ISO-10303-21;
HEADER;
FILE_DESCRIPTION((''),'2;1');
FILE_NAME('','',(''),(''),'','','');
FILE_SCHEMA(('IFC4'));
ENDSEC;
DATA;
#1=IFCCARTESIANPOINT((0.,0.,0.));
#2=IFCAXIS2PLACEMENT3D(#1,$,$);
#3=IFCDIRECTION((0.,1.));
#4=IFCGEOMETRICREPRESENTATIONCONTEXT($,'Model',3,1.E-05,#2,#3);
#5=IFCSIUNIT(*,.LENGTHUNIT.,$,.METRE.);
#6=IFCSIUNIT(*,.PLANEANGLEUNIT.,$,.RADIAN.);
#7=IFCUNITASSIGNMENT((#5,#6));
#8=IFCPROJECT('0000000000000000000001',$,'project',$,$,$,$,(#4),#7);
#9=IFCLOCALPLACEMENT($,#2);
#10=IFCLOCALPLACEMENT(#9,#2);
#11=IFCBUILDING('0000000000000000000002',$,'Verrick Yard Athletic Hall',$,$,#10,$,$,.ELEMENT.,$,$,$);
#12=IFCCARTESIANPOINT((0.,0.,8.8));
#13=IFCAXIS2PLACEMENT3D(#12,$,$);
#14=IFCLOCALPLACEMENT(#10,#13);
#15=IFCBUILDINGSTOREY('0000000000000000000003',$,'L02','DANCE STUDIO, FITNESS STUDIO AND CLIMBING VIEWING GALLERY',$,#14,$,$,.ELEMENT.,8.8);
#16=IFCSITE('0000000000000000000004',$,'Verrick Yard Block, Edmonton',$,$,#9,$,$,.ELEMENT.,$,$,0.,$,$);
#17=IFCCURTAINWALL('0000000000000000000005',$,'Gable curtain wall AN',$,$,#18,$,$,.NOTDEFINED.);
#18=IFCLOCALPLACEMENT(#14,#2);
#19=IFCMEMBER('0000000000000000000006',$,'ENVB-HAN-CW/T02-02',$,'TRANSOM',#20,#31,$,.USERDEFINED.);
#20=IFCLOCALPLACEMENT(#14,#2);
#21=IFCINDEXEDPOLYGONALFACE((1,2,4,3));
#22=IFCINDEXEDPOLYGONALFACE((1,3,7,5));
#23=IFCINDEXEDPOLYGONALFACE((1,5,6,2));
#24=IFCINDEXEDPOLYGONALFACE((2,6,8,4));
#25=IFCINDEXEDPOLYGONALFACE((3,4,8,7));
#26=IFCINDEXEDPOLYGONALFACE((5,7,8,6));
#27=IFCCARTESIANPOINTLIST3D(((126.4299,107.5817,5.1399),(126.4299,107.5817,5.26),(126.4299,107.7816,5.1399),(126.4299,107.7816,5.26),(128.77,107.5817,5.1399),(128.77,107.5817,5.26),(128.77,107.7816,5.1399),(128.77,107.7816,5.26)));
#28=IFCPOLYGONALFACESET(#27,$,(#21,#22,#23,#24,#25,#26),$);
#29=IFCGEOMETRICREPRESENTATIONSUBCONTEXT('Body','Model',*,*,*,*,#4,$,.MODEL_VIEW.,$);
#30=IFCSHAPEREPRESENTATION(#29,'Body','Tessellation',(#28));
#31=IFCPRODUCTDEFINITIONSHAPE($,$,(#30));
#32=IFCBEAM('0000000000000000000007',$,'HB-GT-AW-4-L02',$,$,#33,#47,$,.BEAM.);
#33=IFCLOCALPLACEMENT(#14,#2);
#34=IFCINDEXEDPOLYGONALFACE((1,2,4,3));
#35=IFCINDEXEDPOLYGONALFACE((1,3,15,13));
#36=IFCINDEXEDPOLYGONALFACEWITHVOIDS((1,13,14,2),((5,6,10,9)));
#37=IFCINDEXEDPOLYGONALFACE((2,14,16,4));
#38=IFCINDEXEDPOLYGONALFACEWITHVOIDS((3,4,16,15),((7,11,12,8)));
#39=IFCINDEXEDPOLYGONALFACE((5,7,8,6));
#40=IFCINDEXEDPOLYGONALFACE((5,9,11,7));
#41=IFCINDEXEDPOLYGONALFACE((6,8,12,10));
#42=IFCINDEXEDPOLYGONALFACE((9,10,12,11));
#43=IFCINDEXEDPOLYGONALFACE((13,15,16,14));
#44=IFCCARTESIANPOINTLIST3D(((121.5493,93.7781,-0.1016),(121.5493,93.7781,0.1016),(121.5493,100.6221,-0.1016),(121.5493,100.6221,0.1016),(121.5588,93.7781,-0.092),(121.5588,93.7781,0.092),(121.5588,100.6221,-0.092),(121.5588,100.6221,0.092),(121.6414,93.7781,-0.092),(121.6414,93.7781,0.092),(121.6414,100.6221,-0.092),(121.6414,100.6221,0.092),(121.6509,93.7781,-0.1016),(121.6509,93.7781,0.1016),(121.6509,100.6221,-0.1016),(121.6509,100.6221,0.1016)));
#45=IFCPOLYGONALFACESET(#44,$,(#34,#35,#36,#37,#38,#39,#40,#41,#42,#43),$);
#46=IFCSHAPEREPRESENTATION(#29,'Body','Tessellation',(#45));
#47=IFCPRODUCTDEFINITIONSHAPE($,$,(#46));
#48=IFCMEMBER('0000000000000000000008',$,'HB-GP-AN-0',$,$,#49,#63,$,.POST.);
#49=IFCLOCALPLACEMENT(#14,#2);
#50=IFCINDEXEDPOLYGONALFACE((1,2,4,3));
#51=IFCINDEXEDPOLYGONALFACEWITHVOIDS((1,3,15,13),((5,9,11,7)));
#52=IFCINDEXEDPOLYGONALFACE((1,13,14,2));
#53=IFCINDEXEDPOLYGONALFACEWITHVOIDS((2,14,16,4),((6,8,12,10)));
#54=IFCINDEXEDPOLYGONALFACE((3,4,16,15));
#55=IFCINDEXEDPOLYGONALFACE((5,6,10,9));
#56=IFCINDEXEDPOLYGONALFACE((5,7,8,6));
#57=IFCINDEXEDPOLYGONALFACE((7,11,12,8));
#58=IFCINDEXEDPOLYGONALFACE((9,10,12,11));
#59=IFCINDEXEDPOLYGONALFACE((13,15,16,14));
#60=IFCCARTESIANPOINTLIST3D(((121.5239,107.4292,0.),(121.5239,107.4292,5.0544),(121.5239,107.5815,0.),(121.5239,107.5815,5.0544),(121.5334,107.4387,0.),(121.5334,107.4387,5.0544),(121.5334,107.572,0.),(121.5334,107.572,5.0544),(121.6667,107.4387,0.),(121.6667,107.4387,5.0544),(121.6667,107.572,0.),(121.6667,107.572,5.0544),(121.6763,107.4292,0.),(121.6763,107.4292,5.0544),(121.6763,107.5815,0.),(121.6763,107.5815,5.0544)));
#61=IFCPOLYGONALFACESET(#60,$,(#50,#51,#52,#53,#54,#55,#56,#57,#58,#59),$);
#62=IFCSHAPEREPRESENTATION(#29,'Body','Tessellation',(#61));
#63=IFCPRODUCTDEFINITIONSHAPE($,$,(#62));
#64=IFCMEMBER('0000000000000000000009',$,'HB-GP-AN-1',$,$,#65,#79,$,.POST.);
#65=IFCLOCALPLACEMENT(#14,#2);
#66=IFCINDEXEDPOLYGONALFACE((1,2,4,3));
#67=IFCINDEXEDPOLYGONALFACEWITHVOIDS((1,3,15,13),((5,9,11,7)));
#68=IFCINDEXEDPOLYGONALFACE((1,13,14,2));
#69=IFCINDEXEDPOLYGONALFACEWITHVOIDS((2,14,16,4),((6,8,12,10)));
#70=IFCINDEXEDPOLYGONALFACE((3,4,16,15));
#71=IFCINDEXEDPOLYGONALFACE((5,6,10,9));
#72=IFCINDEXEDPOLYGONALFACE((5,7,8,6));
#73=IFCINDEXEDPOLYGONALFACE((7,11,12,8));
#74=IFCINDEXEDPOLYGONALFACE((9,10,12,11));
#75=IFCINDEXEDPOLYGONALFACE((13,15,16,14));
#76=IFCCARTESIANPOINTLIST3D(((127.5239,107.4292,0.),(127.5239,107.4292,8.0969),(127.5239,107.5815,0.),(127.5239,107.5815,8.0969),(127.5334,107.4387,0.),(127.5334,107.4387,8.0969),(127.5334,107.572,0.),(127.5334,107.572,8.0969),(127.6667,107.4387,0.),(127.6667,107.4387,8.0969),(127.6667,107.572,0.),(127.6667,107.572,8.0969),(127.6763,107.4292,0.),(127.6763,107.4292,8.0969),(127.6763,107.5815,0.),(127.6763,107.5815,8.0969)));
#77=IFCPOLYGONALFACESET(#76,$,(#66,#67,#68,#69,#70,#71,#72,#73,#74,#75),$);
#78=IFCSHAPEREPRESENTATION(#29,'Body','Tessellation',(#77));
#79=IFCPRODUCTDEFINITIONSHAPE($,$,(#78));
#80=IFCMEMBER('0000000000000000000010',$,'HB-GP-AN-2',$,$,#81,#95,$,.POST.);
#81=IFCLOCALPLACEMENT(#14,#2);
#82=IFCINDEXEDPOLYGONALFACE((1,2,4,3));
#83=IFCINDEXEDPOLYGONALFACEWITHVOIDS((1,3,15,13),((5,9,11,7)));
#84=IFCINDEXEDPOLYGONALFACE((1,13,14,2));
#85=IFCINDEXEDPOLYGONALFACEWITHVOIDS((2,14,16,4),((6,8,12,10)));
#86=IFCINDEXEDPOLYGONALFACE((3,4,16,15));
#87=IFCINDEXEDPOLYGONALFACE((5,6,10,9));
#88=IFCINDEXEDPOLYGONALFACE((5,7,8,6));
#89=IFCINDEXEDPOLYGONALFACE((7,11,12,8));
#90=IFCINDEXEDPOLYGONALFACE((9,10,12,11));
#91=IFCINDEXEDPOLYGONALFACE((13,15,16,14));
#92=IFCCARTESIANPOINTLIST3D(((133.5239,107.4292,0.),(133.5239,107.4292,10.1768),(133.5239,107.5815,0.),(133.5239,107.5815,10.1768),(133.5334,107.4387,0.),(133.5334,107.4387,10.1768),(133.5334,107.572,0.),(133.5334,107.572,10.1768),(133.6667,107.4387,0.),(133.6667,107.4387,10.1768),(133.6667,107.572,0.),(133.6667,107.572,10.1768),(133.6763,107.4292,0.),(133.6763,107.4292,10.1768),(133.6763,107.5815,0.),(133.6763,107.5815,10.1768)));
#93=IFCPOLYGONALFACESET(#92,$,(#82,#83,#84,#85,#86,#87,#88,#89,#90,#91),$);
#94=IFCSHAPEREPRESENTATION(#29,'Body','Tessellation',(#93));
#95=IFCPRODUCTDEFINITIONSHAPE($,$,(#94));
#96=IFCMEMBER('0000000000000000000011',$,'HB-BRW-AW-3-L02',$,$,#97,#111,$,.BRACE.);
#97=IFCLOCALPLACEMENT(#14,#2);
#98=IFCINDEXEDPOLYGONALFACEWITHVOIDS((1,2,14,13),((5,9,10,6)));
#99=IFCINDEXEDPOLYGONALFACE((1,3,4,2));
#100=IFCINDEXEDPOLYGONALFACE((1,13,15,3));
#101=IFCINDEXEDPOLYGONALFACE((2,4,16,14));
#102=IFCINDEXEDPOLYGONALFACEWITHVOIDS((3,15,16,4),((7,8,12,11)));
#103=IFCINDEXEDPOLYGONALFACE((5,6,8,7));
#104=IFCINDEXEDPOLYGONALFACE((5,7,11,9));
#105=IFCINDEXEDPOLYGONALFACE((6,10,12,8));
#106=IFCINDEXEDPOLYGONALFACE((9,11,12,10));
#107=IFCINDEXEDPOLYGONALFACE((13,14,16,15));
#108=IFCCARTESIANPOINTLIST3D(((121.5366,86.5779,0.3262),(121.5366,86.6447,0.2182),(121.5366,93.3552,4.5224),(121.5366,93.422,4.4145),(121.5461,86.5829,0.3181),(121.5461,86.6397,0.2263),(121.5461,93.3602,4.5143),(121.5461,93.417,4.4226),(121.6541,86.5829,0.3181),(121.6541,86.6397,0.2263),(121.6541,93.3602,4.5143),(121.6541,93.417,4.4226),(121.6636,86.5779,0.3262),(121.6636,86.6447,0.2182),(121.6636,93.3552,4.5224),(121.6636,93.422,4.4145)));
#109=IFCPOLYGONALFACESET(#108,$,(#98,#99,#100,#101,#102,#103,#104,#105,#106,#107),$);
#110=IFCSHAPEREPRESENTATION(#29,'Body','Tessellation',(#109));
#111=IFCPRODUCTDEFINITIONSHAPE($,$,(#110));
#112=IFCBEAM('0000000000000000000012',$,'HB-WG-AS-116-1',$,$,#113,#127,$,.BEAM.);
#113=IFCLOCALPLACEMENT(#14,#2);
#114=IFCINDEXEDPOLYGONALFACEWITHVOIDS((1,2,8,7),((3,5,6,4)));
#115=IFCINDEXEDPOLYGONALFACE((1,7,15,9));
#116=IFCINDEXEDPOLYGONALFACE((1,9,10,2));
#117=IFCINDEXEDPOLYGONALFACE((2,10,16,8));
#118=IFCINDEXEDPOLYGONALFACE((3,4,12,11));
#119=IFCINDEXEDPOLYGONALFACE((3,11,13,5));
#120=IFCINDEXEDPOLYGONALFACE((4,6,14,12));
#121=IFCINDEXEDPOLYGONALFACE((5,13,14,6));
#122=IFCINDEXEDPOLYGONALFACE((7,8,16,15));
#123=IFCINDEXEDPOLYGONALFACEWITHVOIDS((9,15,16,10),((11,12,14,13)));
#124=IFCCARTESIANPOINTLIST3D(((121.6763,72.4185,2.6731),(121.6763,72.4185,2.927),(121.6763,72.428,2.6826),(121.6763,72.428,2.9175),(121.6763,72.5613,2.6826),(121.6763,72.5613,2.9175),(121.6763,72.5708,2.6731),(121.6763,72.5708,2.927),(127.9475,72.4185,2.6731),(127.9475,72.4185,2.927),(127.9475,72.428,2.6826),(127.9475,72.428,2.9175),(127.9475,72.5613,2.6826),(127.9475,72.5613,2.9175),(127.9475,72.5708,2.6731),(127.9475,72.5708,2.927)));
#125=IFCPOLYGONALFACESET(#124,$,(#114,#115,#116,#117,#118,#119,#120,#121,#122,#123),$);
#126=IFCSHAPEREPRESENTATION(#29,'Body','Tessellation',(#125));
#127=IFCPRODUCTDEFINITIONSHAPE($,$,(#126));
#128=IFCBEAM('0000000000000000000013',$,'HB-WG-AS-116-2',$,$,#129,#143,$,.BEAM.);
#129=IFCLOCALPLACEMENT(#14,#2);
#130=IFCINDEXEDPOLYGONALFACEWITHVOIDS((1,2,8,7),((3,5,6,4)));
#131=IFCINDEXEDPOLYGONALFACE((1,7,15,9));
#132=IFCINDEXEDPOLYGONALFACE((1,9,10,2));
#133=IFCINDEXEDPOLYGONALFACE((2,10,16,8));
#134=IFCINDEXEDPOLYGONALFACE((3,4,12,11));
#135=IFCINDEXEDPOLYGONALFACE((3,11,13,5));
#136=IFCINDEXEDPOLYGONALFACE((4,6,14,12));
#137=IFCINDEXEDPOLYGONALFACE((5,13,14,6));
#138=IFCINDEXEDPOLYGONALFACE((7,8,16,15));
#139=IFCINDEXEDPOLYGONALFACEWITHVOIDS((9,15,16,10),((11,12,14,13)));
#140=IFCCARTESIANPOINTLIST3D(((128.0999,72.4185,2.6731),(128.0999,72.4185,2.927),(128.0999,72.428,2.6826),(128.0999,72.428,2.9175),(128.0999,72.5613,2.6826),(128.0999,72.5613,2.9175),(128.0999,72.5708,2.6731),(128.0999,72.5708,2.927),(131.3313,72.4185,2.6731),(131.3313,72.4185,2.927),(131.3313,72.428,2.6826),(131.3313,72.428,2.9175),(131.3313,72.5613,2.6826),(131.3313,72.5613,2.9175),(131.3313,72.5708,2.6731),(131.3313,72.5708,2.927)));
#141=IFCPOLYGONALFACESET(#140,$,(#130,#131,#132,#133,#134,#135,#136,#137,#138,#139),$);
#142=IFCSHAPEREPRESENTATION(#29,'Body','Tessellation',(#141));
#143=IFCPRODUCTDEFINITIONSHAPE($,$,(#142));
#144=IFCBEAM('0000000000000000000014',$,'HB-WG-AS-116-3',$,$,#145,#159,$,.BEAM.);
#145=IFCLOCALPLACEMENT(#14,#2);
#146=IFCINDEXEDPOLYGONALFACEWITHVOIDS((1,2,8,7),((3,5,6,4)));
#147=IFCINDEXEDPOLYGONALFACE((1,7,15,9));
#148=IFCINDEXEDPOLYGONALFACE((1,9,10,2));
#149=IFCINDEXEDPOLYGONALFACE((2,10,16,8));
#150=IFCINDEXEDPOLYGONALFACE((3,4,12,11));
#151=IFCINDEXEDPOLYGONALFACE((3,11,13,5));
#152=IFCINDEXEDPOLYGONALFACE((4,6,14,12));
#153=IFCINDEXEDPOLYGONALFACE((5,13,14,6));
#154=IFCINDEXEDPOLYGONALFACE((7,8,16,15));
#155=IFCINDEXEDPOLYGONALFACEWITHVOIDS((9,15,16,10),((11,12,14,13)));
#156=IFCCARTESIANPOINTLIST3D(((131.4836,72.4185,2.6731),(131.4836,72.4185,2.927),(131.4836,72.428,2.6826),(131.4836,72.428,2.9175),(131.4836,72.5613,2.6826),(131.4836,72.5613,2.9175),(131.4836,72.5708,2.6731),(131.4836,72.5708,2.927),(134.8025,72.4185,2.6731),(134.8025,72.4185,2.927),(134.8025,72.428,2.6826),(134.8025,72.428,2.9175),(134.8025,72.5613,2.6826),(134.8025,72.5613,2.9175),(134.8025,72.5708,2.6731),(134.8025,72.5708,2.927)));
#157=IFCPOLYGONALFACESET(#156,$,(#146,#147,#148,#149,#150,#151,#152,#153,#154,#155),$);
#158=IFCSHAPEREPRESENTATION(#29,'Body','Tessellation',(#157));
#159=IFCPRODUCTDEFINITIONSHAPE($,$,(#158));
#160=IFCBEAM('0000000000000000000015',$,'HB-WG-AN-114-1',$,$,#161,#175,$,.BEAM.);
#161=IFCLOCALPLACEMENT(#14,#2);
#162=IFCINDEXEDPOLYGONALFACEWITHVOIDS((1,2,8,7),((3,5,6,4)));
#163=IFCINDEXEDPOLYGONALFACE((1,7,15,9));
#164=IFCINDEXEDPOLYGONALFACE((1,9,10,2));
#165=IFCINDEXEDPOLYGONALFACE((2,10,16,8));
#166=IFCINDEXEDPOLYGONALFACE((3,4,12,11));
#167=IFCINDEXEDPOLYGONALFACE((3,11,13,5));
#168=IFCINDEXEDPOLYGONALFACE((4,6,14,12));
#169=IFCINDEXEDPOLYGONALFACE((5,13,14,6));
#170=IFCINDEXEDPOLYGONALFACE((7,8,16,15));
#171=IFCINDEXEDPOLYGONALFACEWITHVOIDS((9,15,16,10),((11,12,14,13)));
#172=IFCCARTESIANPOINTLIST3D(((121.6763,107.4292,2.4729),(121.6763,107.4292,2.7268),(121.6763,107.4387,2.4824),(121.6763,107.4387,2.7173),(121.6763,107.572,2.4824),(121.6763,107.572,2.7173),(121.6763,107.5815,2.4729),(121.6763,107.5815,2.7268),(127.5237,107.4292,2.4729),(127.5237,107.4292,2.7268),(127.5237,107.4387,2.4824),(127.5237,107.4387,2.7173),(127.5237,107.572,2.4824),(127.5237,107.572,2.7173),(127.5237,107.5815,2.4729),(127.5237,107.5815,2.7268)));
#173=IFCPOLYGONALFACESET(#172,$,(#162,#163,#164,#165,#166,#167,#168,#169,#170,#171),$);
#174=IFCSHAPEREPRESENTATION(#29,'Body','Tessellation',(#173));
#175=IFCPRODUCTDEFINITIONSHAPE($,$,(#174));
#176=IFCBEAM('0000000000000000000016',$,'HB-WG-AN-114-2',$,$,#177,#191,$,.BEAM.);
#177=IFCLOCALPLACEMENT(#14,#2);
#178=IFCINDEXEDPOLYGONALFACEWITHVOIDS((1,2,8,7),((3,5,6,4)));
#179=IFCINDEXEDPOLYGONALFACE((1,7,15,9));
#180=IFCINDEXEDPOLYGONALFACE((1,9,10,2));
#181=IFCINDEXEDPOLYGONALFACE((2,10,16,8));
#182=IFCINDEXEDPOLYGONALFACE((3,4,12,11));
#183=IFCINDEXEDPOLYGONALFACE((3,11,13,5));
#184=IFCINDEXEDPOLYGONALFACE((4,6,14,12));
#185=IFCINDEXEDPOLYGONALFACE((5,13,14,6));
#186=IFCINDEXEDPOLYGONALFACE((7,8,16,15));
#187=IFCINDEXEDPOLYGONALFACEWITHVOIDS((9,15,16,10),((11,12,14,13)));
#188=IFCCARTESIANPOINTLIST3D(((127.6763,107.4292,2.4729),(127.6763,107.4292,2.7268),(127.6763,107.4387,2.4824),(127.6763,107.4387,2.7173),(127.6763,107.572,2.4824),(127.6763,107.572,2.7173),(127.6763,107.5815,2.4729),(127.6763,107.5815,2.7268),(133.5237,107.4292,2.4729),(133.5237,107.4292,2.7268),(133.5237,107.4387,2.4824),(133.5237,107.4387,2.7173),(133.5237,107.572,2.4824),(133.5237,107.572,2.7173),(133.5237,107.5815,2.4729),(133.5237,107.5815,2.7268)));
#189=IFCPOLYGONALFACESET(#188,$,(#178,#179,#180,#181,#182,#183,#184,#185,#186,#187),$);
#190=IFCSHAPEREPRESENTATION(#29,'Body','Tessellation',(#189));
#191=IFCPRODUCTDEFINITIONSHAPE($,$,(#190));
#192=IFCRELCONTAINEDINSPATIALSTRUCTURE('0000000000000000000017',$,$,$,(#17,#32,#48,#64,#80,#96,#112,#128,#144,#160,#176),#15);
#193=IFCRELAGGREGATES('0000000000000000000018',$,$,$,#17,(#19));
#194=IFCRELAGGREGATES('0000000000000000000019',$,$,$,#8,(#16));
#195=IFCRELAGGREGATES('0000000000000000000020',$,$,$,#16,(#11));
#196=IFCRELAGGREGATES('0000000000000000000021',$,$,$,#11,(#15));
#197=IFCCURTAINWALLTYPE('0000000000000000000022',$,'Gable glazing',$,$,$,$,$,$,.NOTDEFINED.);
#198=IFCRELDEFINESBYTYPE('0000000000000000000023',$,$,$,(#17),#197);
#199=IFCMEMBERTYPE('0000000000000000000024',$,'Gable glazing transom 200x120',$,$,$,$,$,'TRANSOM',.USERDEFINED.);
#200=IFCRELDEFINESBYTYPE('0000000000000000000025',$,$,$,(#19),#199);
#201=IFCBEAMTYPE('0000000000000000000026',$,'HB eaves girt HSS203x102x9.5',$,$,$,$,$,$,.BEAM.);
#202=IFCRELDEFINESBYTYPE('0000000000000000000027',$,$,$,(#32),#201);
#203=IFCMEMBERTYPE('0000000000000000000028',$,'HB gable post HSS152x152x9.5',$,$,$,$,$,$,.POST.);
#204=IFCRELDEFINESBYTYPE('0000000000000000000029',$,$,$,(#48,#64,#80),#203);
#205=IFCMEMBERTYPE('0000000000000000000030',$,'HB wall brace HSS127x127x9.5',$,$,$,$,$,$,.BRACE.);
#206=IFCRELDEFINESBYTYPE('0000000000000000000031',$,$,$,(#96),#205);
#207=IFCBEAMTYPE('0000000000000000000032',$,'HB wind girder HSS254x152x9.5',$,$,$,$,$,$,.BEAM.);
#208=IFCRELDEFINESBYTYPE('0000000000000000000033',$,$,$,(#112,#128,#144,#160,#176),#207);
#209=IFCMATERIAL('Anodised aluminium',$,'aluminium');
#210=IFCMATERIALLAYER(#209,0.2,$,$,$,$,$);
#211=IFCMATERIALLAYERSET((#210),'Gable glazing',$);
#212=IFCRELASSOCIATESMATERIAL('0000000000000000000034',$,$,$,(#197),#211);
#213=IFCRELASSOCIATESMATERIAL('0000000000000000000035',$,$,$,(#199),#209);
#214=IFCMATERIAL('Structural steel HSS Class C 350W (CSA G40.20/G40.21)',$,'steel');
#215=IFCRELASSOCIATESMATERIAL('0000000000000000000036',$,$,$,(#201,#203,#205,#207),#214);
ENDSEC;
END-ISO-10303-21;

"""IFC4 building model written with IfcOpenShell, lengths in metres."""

from ifc_helpers import new_model, si_unit, direction, frame, origin, origin_2d, place, context, subcontext, project, spatial, rectangle, hollow_rectangle, extrude, material, layer, layer_set, material_profile, profile_set, type_object, element, aggregate, save


model = new_model("IFC4")

# Units and contexts
model_context = context("Model", 3, precision=1e-05, world=origin(), true_north=direction((0.0, 1.0)))
body_context = subcontext(model_context, "Body", "Model", "MODEL_VIEW")
ifc_project = project(units=[si_unit("LENGTHUNIT", "METRE"), si_unit("PLANEANGLEUNIT", "RADIAN")], contexts=[model_context])

# Site, building, storey
site_placement = place(None, origin())
site = spatial("IfcSite", under=ifc_project, at=site_placement, Name="Verrick Yard Block, Edmonton", CompositionType="ELEMENT", RefElevation=0.0)
building_placement = place(site_placement, origin())
building = spatial("IfcBuilding", under=site, at=building_placement, Name="Verrick Yard Athletic Hall", CompositionType="ELEMENT")
storey_placement = place(building_placement, frame((0.0, 0.0, 8.8)))
storey = spatial("IfcBuildingStorey", under=building, at=storey_placement, Name="L02", Description="DANCE STUDIO, FITNESS STUDIO AND CLIMBING VIEWING GALLERY", CompositionType="ELEMENT", Elevation=8.8)

# Curtain wall, member
ifc_material_1 = material(Name="Anodised aluminium", Category="aluminium")
ifc_layer_1 = layer(ifc_material_1, 0.2)
ifc_layer_set_1 = layer_set([ifc_layer_1], Name="Gable glazing")
curtain_wall_type = type_object("IfcCurtainWallType", Name="Gable glazing", PredefinedType="NOTDEFINED", material=ifc_layer_set_1)
curtain_wall_placement = place(storey_placement, origin())
curtain_wall = element("IfcCurtainWall", 1, at=curtain_wall_placement, inside=storey, type_object=curtain_wall_type, Name="Gable curtain wall AN", PredefinedType="NOTDEFINED")
ifc_material_profile_1 = material_profile(ifc_material_1, rectangle(XDim=0.2, YDim=0.1201, at=origin_2d()), Name="CW gable transom 200x120")
ifc_profile_set_1 = profile_set([ifc_material_profile_1], Name="Anodised aluminium")
member_type_1 = type_object("IfcMemberType", Name="Gable glazing transom 200x120", ElementType="TRANSOM", PredefinedType="USERDEFINED", material=ifc_profile_set_1)
member_1_placement = place(storey_placement, frame((126.4299, 107.6816, 5.2), z_axis=(1.0, 0.0, 0.0), x_axis=(0.0, 1.0, 0.0)))
member_1 = element("IfcMember", 2, at=member_1_placement, type_object=member_type_1, Name="ENVB-HAN-CW/T02-02", ObjectType="TRANSOM", PredefinedType="USERDEFINED", context=body_context, shape_type="SweptSolid", body=[
    extrude(rectangle(XDim=0.2, YDim=0.1201, at=origin_2d()), origin(), (0.0, 0.0, 1.0), 2.3401),
])

# Beam
ifc_material_2 = material(Name="Structural steel HSS Class C 350W (CSA G40.20/G40.21)", Category="steel")
ifc_material_profile_2 = material_profile(ifc_material_2, hollow_rectangle(XDim=0.1016, YDim=0.2031, WallThickness=0.0095, at=origin_2d()), Name="HSS203x102x9.5")
ifc_profile_set_2 = profile_set([ifc_material_profile_2], Name="Structural steel HSS Class C 350W (CSA G40.20/G40.21)")
beam_type_1 = type_object("IfcBeamType", Name="HB eaves girt HSS203x102x9.5", PredefinedType="BEAM", material=ifc_profile_set_2)
beam_1_placement = place(storey_placement, frame((121.6001, 93.7781, 0.0), z_axis=(0.0, 1.0, 0.0), x_axis=(-1.0, 0.0, 0.0)))
element("IfcBeam", 3, at=beam_1_placement, inside=storey, type_object=beam_type_1, Name="HB-GT-AW-4-L02", PredefinedType="BEAM", context=body_context, shape_type="SweptSolid", body=[
    extrude(hollow_rectangle(XDim=0.1016, YDim=0.2031, WallThickness=0.0095, at=origin_2d()), origin(), (0.0, 0.0, 1.0), 6.844),
])

# Members
ifc_material_profile_3 = material_profile(ifc_material_2, hollow_rectangle(XDim=0.1523, YDim=0.1523, WallThickness=0.0095, at=origin_2d()), Name="HSS152x152x9.5")
ifc_profile_set_3 = profile_set([ifc_material_profile_3], Name="Structural steel HSS Class C 350W (CSA G40.20/G40.21)")
member_type_2 = type_object("IfcMemberType", Name="HB gable post HSS152x152x9.5", PredefinedType="POST", material=ifc_profile_set_3)
member_2_placement = place(storey_placement, frame((121.6001, 107.5054, 0.0), z_axis=(0.0, 0.0, 1.0), x_axis=(1.0, 0.0, 0.0)))
element("IfcMember", 4, at=member_2_placement, inside=storey, type_object=member_type_2, Name="HB-GP-AN-0", PredefinedType="POST", context=body_context, shape_type="SweptSolid", body=[
    extrude(hollow_rectangle(XDim=0.1523, YDim=0.1523, WallThickness=0.0095, at=origin_2d()), origin(), (0.0, 0.0, 1.0), 5.0544),
])
member_3_placement = place(storey_placement, frame((127.6001, 107.5054, 0.0), z_axis=(0.0, 0.0, 1.0), x_axis=(1.0, 0.0, 0.0)))
element("IfcMember", 5, at=member_3_placement, inside=storey, type_object=member_type_2, Name="HB-GP-AN-1", PredefinedType="POST", context=body_context, shape_type="SweptSolid", body=[
    extrude(hollow_rectangle(XDim=0.1523, YDim=0.1523, WallThickness=0.0095, at=origin_2d()), origin(), (0.0, 0.0, 1.0), 8.0969),
])
member_4_placement = place(storey_placement, frame((133.6001, 107.5054, 0.0), z_axis=(0.0, 0.0, 1.0), x_axis=(1.0, 0.0, 0.0)))
element("IfcMember", 6, at=member_4_placement, inside=storey, type_object=member_type_2, Name="HB-GP-AN-2", PredefinedType="POST", context=body_context, shape_type="SweptSolid", body=[
    extrude(hollow_rectangle(XDim=0.1523, YDim=0.1523, WallThickness=0.0095, at=origin_2d()), origin(), (0.0, 0.0, 1.0), 10.1768),
])
ifc_material_profile_4 = material_profile(ifc_material_2, hollow_rectangle(XDim=0.127, YDim=0.127, WallThickness=0.0095, at=origin_2d()), Name="HSS127x127x9.5")
ifc_profile_set_4 = profile_set([ifc_material_profile_4], Name="Structural steel HSS Class C 350W (CSA G40.20/G40.21)")
member_type_3 = type_object("IfcMemberType", Name="HB wall brace HSS127x127x9.5", PredefinedType="BRACE", material=ifc_profile_set_4)
member_5_placement = place(storey_placement, frame((121.6001, 86.6113, 0.2722), z_axis=(0.0, 0.850221, 0.526426), x_axis=(-1.0, 0.0, 0.0)))
element("IfcMember", 7, at=member_5_placement, inside=storey, type_object=member_type_3, Name="HB-BRW-AW-3-L02", PredefinedType="BRACE", context=body_context, shape_type="SweptSolid", body=[
    extrude(hollow_rectangle(XDim=0.127, YDim=0.127, WallThickness=0.0095, at=origin_2d()), origin(), (0.0, 0.0, 1.0), 7.9712),
])

# Beams
ifc_material_profile_5 = material_profile(ifc_material_2, hollow_rectangle(XDim=0.1523, YDim=0.2539, WallThickness=0.0095, at=origin_2d()), Name="HSS254x152x9.5")
ifc_profile_set_5 = profile_set([ifc_material_profile_5], Name="Structural steel HSS Class C 350W (CSA G40.20/G40.21)")
beam_type_2 = type_object("IfcBeamType", Name="HB wind girder HSS254x152x9.5", PredefinedType="BEAM", material=ifc_profile_set_5)
beam_2_placement = place(storey_placement, frame((121.6763, 72.4946, 2.8), z_axis=(1.0, 0.0, 0.0), x_axis=(0.0, 1.0, 0.0)))
element("IfcBeam", 8, at=beam_2_placement, inside=storey, type_object=beam_type_2, Name="HB-WG-AS-116-1", PredefinedType="BEAM", context=body_context, shape_type="SweptSolid", body=[
    extrude(hollow_rectangle(XDim=0.1523, YDim=0.2539, WallThickness=0.0095, at=origin_2d()), origin(), (0.0, 0.0, 1.0), 6.2712),
])
beam_3_placement = place(storey_placement, frame((128.0999, 72.4946, 2.8), z_axis=(1.0, 0.0, 0.0), x_axis=(0.0, 1.0, 0.0)))
element("IfcBeam", 9, at=beam_3_placement, inside=storey, type_object=beam_type_2, Name="HB-WG-AS-116-2", PredefinedType="BEAM", context=body_context, shape_type="SweptSolid", body=[
    extrude(hollow_rectangle(XDim=0.1523, YDim=0.2539, WallThickness=0.0095, at=origin_2d()), origin(), (0.0, 0.0, 1.0), 3.2314),
])
beam_4_placement = place(storey_placement, frame((131.4836, 72.4946, 2.8), z_axis=(1.0, 0.0, 0.0), x_axis=(0.0, 1.0, 0.0)))
element("IfcBeam", 10, at=beam_4_placement, inside=storey, type_object=beam_type_2, Name="HB-WG-AS-116-3", PredefinedType="BEAM", context=body_context, shape_type="SweptSolid", body=[
    extrude(hollow_rectangle(XDim=0.1523, YDim=0.2539, WallThickness=0.0095, at=origin_2d()), origin(), (0.0, 0.0, 1.0), 3.3188),
])
for number, where, z_axis, x_axis, name in (
    (11, (121.6763, 107.5054, 2.5999), (1.0, 0.0, 0.0), (0.0, 1.0, 0.0), "HB-WG-AN-114-1"),
    (12, (127.6763, 107.5054, 2.5999), (1.0, 0.0, 0.0), (0.0, 1.0, 0.0), "HB-WG-AN-114-2"),
):
    element("IfcBeam", number, at=place(storey_placement, frame(where, z_axis=z_axis, x_axis=x_axis)), inside=storey, type_object=beam_type_2, Name=name, PredefinedType="BEAM", context=body_context, shape_type="SweptSolid", body=[
        extrude(hollow_rectangle(XDim=0.1523, YDim=0.2539, WallThickness=0.0095, at=origin_2d()), origin(), (0.0, 0.0, 1.0), 5.8474),
    ])

aggregate(curtain_wall, [member_1])

save(model, "model.ifc")
